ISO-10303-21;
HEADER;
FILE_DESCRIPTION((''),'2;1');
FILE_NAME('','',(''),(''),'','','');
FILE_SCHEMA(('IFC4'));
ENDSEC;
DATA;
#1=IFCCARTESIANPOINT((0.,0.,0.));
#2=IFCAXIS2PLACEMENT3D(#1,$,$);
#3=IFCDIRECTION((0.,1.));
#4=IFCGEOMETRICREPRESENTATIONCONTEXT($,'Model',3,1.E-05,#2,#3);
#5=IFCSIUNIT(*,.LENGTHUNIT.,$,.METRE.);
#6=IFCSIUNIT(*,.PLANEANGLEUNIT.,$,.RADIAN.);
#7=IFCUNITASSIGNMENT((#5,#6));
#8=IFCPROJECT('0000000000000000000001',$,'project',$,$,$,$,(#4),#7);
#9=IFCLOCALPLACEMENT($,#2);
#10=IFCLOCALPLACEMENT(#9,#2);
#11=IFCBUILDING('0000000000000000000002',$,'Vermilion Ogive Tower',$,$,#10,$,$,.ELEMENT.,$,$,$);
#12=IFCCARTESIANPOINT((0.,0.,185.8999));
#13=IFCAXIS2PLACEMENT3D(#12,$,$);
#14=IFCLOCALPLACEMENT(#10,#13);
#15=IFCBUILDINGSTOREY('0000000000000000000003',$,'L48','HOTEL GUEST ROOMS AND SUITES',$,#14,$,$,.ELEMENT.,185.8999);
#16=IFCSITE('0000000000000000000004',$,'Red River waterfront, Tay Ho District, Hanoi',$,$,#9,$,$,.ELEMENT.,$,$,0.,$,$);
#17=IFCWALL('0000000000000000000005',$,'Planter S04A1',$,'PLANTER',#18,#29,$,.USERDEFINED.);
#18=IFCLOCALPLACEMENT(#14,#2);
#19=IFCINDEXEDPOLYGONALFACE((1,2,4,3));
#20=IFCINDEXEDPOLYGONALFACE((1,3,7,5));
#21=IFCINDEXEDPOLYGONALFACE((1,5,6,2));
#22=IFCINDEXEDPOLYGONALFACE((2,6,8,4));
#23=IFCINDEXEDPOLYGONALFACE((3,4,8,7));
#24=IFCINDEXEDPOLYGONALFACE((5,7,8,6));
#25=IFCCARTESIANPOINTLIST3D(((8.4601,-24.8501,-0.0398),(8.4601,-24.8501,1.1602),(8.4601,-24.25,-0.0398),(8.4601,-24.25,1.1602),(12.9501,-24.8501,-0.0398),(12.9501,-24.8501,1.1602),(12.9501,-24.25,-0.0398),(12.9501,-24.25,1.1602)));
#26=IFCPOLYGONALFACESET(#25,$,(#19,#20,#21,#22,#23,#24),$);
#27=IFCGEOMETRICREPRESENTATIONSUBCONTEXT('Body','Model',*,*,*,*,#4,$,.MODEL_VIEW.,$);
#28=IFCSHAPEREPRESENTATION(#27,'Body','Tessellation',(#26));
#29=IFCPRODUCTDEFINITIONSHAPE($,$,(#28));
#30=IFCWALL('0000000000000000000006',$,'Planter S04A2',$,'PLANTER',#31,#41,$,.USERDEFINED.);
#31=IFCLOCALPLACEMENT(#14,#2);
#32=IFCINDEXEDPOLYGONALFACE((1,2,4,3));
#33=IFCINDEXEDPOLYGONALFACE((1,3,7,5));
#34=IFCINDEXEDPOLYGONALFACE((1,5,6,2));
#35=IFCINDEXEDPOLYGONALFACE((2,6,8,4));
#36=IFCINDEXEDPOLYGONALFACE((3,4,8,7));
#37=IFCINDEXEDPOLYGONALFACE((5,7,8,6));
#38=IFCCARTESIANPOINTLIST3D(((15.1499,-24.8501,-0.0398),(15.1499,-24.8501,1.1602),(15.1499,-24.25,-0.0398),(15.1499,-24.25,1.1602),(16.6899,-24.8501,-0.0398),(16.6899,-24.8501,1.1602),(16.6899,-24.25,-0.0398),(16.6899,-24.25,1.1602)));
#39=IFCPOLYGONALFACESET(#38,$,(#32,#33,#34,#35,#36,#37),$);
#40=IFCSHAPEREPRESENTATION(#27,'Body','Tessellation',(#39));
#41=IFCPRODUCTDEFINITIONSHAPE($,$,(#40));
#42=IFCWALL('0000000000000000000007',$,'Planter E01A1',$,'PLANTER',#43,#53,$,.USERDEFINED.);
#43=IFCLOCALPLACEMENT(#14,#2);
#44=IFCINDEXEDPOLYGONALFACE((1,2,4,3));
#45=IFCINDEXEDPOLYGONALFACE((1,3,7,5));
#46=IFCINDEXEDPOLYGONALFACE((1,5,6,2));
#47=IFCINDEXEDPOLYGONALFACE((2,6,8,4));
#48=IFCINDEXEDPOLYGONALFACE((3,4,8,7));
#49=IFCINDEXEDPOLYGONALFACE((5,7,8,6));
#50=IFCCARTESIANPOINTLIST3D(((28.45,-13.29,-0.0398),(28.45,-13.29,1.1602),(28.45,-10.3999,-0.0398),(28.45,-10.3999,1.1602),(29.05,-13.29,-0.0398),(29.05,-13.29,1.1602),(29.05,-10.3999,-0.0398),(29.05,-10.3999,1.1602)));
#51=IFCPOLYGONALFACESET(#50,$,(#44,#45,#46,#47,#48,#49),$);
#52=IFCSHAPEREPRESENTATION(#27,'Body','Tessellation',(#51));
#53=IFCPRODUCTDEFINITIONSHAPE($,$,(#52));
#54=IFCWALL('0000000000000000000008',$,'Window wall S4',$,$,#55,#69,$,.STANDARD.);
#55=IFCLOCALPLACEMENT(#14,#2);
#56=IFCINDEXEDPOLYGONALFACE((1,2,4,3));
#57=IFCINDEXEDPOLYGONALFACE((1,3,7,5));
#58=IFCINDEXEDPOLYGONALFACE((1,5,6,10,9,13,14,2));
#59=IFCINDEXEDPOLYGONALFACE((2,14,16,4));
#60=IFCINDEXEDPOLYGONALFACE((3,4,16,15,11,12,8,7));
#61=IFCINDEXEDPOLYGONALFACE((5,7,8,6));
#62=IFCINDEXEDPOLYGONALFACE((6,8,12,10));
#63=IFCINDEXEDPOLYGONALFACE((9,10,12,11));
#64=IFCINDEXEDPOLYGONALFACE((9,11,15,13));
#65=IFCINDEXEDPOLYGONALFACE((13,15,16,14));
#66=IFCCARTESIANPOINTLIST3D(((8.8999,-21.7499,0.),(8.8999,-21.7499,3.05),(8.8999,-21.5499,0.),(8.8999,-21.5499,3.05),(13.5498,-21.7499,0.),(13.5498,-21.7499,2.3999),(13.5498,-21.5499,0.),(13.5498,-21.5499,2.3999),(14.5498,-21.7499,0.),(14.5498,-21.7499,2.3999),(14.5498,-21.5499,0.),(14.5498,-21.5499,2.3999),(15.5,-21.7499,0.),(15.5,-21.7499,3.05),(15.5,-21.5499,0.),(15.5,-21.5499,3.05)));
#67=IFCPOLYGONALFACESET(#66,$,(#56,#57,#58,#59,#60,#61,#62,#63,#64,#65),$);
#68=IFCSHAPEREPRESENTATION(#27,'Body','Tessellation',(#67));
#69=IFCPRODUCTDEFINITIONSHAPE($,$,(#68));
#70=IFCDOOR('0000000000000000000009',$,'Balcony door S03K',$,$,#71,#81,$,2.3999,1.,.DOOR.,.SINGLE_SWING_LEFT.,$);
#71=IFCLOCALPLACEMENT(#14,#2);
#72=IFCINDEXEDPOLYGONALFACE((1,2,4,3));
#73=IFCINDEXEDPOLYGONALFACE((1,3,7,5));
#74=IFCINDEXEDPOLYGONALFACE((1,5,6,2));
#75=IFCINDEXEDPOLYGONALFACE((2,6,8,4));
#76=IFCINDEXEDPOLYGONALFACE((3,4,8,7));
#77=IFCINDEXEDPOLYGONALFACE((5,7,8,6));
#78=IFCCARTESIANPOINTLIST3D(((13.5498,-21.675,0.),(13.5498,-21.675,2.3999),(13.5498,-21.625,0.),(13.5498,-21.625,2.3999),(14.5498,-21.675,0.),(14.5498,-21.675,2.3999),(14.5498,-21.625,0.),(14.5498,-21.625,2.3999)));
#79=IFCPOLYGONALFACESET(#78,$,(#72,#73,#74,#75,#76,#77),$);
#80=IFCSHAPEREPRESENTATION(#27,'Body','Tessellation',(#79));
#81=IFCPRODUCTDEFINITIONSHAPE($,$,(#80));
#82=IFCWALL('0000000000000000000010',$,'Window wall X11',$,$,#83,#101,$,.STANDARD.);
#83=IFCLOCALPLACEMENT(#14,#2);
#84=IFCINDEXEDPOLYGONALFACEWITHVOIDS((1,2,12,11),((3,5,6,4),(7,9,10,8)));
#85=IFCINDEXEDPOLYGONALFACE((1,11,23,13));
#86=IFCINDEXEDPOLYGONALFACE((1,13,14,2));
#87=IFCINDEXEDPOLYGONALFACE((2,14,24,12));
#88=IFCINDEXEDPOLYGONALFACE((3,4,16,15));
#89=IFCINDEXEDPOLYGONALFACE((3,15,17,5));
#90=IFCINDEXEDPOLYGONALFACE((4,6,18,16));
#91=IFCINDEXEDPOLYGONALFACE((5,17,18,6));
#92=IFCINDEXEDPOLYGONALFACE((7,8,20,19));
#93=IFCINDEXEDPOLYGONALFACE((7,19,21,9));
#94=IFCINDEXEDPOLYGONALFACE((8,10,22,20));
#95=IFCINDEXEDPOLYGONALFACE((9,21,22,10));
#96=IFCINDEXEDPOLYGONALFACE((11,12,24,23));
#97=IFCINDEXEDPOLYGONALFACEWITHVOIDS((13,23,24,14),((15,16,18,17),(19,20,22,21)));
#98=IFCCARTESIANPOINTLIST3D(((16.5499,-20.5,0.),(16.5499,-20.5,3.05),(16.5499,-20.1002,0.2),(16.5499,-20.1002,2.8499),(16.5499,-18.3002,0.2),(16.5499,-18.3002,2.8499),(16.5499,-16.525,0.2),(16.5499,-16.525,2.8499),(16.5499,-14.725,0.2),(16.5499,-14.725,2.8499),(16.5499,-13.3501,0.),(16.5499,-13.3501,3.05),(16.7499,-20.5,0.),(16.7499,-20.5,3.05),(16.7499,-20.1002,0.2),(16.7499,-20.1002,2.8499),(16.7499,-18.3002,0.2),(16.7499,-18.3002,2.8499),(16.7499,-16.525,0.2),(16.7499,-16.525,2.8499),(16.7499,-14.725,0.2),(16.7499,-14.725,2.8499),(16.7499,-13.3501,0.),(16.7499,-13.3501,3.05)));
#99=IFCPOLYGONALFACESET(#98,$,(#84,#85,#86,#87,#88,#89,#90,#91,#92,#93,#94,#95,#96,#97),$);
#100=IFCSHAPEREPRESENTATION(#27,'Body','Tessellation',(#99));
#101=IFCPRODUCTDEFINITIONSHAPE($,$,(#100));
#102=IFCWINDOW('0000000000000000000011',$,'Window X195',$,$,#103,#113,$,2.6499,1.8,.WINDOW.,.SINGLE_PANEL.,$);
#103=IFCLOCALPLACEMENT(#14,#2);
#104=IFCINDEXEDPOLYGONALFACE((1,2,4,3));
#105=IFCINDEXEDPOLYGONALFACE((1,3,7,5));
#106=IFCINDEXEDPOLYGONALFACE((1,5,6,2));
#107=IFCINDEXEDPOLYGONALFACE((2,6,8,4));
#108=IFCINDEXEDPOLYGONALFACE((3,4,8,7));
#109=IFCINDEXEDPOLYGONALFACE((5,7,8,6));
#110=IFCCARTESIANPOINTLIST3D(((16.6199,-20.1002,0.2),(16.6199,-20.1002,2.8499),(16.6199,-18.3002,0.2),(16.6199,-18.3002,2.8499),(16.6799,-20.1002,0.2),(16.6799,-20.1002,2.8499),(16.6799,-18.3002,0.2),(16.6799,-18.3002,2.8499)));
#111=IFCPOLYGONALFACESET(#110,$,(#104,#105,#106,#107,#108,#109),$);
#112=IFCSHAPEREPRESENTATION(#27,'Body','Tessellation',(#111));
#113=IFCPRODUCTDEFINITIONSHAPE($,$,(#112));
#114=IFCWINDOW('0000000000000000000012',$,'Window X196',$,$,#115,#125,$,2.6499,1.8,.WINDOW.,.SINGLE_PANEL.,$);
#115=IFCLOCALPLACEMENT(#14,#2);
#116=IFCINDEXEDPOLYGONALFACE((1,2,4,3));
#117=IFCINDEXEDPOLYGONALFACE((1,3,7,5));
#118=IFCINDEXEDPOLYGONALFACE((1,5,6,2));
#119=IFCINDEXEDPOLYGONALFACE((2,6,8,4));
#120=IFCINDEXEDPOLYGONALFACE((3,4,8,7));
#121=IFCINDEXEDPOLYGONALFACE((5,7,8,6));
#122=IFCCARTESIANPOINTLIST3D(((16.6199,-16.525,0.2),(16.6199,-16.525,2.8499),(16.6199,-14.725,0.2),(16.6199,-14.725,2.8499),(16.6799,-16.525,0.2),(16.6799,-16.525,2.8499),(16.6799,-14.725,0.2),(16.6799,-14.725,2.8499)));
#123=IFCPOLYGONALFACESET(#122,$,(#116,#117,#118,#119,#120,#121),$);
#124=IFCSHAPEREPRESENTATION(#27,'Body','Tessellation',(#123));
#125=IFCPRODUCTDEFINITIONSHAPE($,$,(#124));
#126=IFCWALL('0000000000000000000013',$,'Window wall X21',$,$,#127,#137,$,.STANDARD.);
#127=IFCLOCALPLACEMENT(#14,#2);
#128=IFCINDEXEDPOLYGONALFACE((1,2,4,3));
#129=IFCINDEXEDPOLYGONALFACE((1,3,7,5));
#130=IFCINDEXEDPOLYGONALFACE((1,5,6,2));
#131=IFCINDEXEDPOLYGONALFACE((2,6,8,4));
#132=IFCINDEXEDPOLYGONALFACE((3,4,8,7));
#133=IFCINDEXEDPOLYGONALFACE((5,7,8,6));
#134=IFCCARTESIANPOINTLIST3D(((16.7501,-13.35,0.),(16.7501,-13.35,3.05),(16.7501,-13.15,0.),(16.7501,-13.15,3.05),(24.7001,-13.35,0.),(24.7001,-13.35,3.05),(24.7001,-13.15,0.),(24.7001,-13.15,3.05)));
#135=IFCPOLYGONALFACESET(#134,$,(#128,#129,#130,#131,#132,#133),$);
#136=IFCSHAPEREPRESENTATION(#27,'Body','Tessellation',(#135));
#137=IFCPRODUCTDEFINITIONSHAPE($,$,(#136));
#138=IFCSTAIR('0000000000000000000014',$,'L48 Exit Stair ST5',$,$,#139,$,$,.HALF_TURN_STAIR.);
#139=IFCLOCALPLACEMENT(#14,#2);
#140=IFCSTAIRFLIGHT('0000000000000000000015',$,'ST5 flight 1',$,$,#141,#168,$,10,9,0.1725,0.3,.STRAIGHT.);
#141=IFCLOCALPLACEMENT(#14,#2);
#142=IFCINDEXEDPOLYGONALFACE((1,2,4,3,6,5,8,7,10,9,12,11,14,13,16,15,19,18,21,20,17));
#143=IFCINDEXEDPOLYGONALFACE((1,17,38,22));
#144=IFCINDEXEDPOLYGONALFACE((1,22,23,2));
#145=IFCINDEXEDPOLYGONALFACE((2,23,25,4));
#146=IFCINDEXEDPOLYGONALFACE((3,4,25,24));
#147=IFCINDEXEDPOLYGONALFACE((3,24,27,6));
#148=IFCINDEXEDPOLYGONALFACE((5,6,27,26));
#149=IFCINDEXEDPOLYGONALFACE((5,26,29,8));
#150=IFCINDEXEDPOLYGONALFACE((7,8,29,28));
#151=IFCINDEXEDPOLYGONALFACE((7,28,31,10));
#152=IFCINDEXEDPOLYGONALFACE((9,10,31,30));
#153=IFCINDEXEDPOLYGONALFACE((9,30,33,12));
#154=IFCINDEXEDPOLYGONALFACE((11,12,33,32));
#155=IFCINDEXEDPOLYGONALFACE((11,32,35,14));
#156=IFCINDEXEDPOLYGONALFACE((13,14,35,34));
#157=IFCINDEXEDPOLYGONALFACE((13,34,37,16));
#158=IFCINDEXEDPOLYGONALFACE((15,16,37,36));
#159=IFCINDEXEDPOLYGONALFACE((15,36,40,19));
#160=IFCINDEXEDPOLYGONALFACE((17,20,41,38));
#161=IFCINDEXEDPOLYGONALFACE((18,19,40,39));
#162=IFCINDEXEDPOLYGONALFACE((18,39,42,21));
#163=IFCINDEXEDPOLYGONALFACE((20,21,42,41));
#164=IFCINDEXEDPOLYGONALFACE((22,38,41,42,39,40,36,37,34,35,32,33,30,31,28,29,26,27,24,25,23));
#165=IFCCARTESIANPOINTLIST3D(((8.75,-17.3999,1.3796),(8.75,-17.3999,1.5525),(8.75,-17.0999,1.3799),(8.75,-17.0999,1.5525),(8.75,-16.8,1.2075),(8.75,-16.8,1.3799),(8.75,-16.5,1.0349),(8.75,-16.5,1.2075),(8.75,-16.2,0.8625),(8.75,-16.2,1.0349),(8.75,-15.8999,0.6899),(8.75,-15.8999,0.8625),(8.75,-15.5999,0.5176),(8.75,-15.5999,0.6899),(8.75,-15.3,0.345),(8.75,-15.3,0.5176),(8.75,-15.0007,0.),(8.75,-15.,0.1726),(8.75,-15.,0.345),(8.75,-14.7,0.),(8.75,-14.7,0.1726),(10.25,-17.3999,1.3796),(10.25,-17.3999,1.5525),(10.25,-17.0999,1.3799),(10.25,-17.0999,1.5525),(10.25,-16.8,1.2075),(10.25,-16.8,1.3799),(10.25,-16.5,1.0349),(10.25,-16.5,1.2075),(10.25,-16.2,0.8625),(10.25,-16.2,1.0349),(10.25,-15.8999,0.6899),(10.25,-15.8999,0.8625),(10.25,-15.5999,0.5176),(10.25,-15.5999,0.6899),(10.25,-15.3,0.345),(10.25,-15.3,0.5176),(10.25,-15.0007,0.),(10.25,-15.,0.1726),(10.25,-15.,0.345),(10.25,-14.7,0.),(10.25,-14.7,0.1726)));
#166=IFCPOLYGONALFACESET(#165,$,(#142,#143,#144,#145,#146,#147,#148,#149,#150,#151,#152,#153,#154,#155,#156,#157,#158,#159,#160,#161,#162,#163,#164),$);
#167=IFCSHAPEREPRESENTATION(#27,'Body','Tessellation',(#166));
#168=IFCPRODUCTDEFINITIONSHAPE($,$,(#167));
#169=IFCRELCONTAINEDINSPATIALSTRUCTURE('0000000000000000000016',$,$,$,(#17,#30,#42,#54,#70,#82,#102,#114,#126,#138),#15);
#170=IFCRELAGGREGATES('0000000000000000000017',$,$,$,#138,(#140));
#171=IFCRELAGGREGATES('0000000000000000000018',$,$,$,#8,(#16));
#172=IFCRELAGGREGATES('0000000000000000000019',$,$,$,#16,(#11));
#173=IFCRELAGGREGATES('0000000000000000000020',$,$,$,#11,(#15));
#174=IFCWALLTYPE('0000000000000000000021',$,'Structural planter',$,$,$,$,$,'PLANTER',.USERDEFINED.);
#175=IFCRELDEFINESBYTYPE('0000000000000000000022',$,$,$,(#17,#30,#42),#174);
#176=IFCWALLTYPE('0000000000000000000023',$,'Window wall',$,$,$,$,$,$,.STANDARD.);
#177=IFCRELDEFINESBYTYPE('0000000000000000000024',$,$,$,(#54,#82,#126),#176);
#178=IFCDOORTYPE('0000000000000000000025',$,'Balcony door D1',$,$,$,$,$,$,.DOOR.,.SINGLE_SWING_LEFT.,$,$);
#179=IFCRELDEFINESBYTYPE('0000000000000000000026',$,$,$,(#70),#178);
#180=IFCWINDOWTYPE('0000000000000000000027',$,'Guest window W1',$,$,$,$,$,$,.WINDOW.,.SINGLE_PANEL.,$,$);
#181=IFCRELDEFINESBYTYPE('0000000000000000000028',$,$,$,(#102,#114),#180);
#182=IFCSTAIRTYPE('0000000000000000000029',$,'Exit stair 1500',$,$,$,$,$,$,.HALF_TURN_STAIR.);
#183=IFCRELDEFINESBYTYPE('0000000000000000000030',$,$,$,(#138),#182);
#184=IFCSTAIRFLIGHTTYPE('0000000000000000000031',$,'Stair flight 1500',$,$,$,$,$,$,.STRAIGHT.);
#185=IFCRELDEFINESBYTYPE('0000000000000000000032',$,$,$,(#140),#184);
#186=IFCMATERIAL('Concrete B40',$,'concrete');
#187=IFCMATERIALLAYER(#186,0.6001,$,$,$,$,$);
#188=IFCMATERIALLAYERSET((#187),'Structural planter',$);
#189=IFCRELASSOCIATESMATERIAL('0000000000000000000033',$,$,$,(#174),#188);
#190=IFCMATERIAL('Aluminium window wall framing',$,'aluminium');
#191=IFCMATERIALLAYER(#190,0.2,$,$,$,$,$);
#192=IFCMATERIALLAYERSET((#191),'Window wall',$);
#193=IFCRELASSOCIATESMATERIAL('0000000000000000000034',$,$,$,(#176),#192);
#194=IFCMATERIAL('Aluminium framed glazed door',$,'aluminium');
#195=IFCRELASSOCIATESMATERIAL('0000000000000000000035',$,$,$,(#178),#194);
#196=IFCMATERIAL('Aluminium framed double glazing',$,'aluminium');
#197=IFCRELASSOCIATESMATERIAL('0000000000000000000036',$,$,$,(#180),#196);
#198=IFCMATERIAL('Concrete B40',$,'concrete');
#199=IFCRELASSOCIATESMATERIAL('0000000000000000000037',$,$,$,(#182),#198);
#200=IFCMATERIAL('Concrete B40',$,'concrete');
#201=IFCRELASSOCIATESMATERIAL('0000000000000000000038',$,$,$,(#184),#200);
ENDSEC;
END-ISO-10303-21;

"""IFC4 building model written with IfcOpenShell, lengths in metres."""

from ifc_helpers import new_model, si_unit, direction, frame, frame_2d, origin, place, context, subcontext, project, spatial, polyline, rectangle, outline, extrude, material, layer, layer_set, type_object, element, fill, aggregate, save


model = new_model("IFC4")

# Units and contexts
model_context = context("Model", 3, precision=1e-05, world=origin(), true_north=direction((0.0, 1.0)))
body_context = subcontext(model_context, "Body", "Model", "MODEL_VIEW")
ifc_project = project(units=[si_unit("LENGTHUNIT", "METRE"), si_unit("PLANEANGLEUNIT", "RADIAN")], contexts=[model_context])

# Site, building, storey
site_placement = place(None, origin())
site = spatial("IfcSite", under=ifc_project, at=site_placement, Name="Red River waterfront, Tay Ho District, Hanoi", CompositionType="ELEMENT", RefElevation=0.0)
building_placement = place(site_placement, origin())
building = spatial("IfcBuilding", under=site, at=building_placement, Name="Vermilion Ogive Tower", CompositionType="ELEMENT")
storey_placement = place(building_placement, frame((0.0, 0.0, 185.8999)))
storey = spatial("IfcBuildingStorey", under=building, at=storey_placement, Name="L48", Description="HOTEL GUEST ROOMS AND SUITES", CompositionType="ELEMENT", Elevation=185.8999)

# Walls
ifc_material_1 = material(Name="Concrete B40", Category="concrete")
ifc_layer_1 = layer(ifc_material_1, 0.6001)
ifc_layer_set_1 = layer_set([ifc_layer_1], Name="Structural planter")
wall_type_1 = type_object("IfcWallType", Name="Structural planter", ElementType="PLANTER", PredefinedType="USERDEFINED", material=ifc_layer_set_1)
wall_1_placement = place(storey_placement, frame((8.46, -24.55, -0.0398), z_axis=(0.0, 0.0, 1.0), x_axis=(1.0, 0.0, 0.0)))
element("IfcWall", 1, at=wall_1_placement, inside=storey, type_object=wall_type_1, Name="Planter S04A1", ObjectType="PLANTER", PredefinedType="USERDEFINED", context=body_context, shape_type="SweptSolid", body=[
    extrude(rectangle(XDim=4.49, YDim=0.6001, at=frame_2d((2.2451, 0.0))), origin(), (0.0, 0.0, 1.0), 1.2),
])
wall_2_placement = place(storey_placement, frame((15.1499, -24.55, -0.0398), z_axis=(0.0, 0.0, 1.0), x_axis=(1.0, 0.0, 0.0)))
element("IfcWall", 2, at=wall_2_placement, inside=storey, type_object=wall_type_1, Name="Planter S04A2", ObjectType="PLANTER", PredefinedType="USERDEFINED", context=body_context, shape_type="SweptSolid", body=[
    extrude(rectangle(XDim=1.54, YDim=0.6001, at=frame_2d((0.77, 0.0))), origin(), (0.0, 0.0, 1.0), 1.2),
])
wall_3_placement = place(storey_placement, frame((28.75, -13.29, -0.0398), z_axis=(0.0, 0.0, 1.0), x_axis=(0.0, 1.0, 0.0)))
element("IfcWall", 3, at=wall_3_placement, inside=storey, type_object=wall_type_1, Name="Planter E01A1", ObjectType="PLANTER", PredefinedType="USERDEFINED", context=body_context, shape_type="SweptSolid", body=[
    extrude(rectangle(XDim=2.8901, YDim=0.6001, at=frame_2d((1.4451, 0.0))), origin(), (0.0, 0.0, 1.0), 1.2),
])

# Wall, opening, door
ifc_material_2 = material(Name="Aluminium window wall framing", Category="aluminium")
ifc_layer_2 = layer(ifc_material_2, 0.2)
ifc_layer_set_2 = layer_set([ifc_layer_2], Name="Window wall")
wall_type_2 = type_object("IfcWallType", Name="Window wall", PredefinedType="STANDARD", material=ifc_layer_set_2)
wall_4_placement = place(storey_placement, frame((8.8999, -21.6499, 0.0), z_axis=(0.0, 0.0, 1.0), x_axis=(1.0, 0.0, 0.0)))
wall_4 = element("IfcWall", 4, at=wall_4_placement, inside=storey, type_object=wall_type_2, Name="Window wall S4", PredefinedType="STANDARD", context=body_context, shape_type="SweptSolid", body=[
    extrude(rectangle(XDim=6.6001, YDim=0.2, at=frame_2d((3.3, 0.0))), origin(), (0.0, 0.0, 1.0), 3.05),
])
opening_1_placement = place(wall_4_placement, frame((4.6499, 0.0, 0.0)))
opening_1 = element("IfcOpeningElement", 5, at=opening_1_placement, cuts=wall_4, PredefinedType="OPENING", context=body_context, shape_type="SweptSolid", body=[
    extrude(rectangle(XDim=1.0, YDim=2.3999, at=frame_2d((0.5, 1.2))), frame((0.0, 0.1099, 0.0), z_axis=(0.0, -1.0, 0.0), x_axis=(1.0, 0.0, 0.0)), (0.0, 0.0, 1.0), 0.22),
])
ifc_material_3 = material(Name="Aluminium framed glazed door", Category="aluminium")
door_type_1 = type_object("IfcDoorType", Name="Balcony door D1", OperationType="SINGLE_SWING_LEFT", PredefinedType="DOOR", material=ifc_material_3)
door_1_placement = place(opening_1_placement, origin())
door_1 = element("IfcDoor", 6, at=door_1_placement, inside=storey, type_object=door_type_1, Name="Balcony door S03K", OperationType="SINGLE_SWING_LEFT", OverallHeight=2.3999, OverallWidth=1.0, PredefinedType="DOOR", context=body_context, shape_type="SweptSolid", body=[
    extrude(rectangle(XDim=1.0, YDim=2.3999, at=frame_2d((0.5, 1.2))), frame((0.0, 0.0249, 0.0), z_axis=(0.0, -1.0, 0.0), x_axis=(1.0, 0.0, 0.0)), (0.0, 0.0, 1.0), 0.05),
])
fill(opening_1, door_1)

# Wall, openings, windows
wall_5_placement = place(storey_placement, frame((16.6499, -20.5, 0.0), z_axis=(0.0, 0.0, 1.0), x_axis=(0.0, 1.0, 0.0)))
wall_5 = element("IfcWall", 7, at=wall_5_placement, inside=storey, type_object=wall_type_2, Name="Window wall X11", PredefinedType="STANDARD", context=body_context, shape_type="SweptSolid", body=[
    extrude(rectangle(XDim=7.1499, YDim=0.2, at=frame_2d((3.575, 0.0))), origin(), (0.0, 0.0, 1.0), 3.05),
])
opening_2_placement = place(wall_5_placement, frame((0.3999, 0.0, 0.2)))
opening_2 = element("IfcOpeningElement", 8, at=opening_2_placement, cuts=wall_5, PredefinedType="OPENING", context=body_context, shape_type="SweptSolid", body=[
    extrude(rectangle(XDim=1.8, YDim=2.6499, at=frame_2d((0.8999, 1.325))), frame((0.0, 0.1099, 0.0), z_axis=(0.0, -1.0, 0.0), x_axis=(1.0, 0.0, 0.0)), (0.0, 0.0, 1.0), 0.22),
])
opening_3_placement = place(wall_5_placement, frame((3.9751, 0.0, 0.2)))
opening_3 = element("IfcOpeningElement", 9, at=opening_3_placement, cuts=wall_5, PredefinedType="OPENING", context=body_context, shape_type="SweptSolid", body=[
    extrude(rectangle(XDim=1.8, YDim=2.6499, at=frame_2d((0.8999, 1.325))), frame((0.0, 0.1099, 0.0), z_axis=(0.0, -1.0, 0.0), x_axis=(1.0, 0.0, 0.0)), (0.0, 0.0, 1.0), 0.22),
])
ifc_material_4 = material(Name="Aluminium framed double glazing", Category="aluminium")
window_type = type_object("IfcWindowType", Name="Guest window W1", PartitioningType="SINGLE_PANEL", PredefinedType="WINDOW", material=ifc_material_4)
window_1_placement = place(opening_2_placement, origin())
window_1 = element("IfcWindow", 10, at=window_1_placement, inside=storey, type_object=window_type, Name="Window X195", OverallHeight=2.6499, OverallWidth=1.8, PartitioningType="SINGLE_PANEL", PredefinedType="WINDOW", context=body_context, shape_type="SweptSolid", body=[
    extrude(rectangle(XDim=1.8, YDim=2.6499, at=frame_2d((0.8999, 1.325))), frame((0.0, 0.03, 0.0), z_axis=(0.0, -1.0, 0.0), x_axis=(1.0, 0.0, 0.0)), (0.0, 0.0, 1.0), 0.0601),
])
fill(opening_2, window_1)
window_2_placement = place(opening_3_placement, origin())
window_2 = element("IfcWindow", 11, at=window_2_placement, inside=storey, type_object=window_type, Name="Window X196", OverallHeight=2.6499, OverallWidth=1.8, PartitioningType="SINGLE_PANEL", PredefinedType="WINDOW", context=body_context, shape_type="SweptSolid", body=[
    extrude(rectangle(XDim=1.8, YDim=2.6499, at=frame_2d((0.8999, 1.325))), frame((0.0, 0.03, 0.0), z_axis=(0.0, -1.0, 0.0), x_axis=(1.0, 0.0, 0.0)), (0.0, 0.0, 1.0), 0.0601),
])
fill(opening_3, window_2)

# Wall
wall_6_placement = place(storey_placement, frame((16.75, -13.25, 0.0), z_axis=(0.0, 0.0, 1.0), x_axis=(1.0, 0.0, 0.0)))
element("IfcWall", 12, at=wall_6_placement, inside=storey, type_object=wall_type_2, Name="Window wall X21", PredefinedType="STANDARD", context=body_context, shape_type="SweptSolid", body=[
    extrude(rectangle(XDim=7.95, YDim=0.2, at=frame_2d((3.9751, 0.0))), origin(), (0.0, 0.0, 1.0), 3.05),
])

# Stair, stair flight
ifc_material_5 = material(Name="Concrete B40", Category="concrete")
stair_type = type_object("IfcStairType", Name="Exit stair 1500", PredefinedType="HALF_TURN_STAIR", material=ifc_material_5)
stair_placement = place(storey_placement, origin())
stair = element("IfcStair", 13, at=stair_placement, inside=storey, type_object=stair_type, Name="L48 Exit Stair ST5", PredefinedType="HALF_TURN_STAIR")
ifc_material_6 = material(Name="Concrete B40", Category="concrete")
stair_flight_type = type_object("IfcStairFlightType", Name="Stair flight 1500", PredefinedType="STRAIGHT", material=ifc_material_6)
stair_flight_1_placement = place(storey_placement, frame((9.5, -14.7, 0.0), z_axis=(0.0, 0.0, 1.0), x_axis=(0.0, -1.0, 0.0)))
stair_flight_1 = element("IfcStairFlight", 14, at=stair_flight_1_placement, type_object=stair_flight_type, Name="ST5 flight 1", NumberOfRisers=10, NumberOfTreads=9, PredefinedType="STRAIGHT", RiserHeight=0.1725, TreadLength=0.3, context=body_context, shape_type="SweptSolid", body=[
    extrude(outline(polyline([(0.0, 0.0), (0.0, 0.1726), (0.3, 0.1726), (0.3, 0.345), (0.6001, 0.345), (0.6001, 0.5176), (0.8999, 0.5176), (0.8999, 0.6899), (1.2, 0.6899), (1.2, 0.8625), (1.5, 0.8625), (1.5, 1.0349), (1.8, 1.0349), (1.8, 1.2075), (2.1001, 1.2075), (2.1001, 1.3799), (2.3999, 1.3799), (2.3999, 1.5525), (2.7, 1.5525), (2.7, 1.7251), (2.7, 1.3796), (0.3008, 0.0), (0.0, 0.0)])), frame((0.0, 0.75, 0.0), z_axis=(0.0, -1.0, 0.0), x_axis=(1.0, 0.0, 0.0)), (0.0, 0.0, 1.0), 1.5),
])
aggregate(stair, [stair_flight_1])

save(model, "model.ifc")
